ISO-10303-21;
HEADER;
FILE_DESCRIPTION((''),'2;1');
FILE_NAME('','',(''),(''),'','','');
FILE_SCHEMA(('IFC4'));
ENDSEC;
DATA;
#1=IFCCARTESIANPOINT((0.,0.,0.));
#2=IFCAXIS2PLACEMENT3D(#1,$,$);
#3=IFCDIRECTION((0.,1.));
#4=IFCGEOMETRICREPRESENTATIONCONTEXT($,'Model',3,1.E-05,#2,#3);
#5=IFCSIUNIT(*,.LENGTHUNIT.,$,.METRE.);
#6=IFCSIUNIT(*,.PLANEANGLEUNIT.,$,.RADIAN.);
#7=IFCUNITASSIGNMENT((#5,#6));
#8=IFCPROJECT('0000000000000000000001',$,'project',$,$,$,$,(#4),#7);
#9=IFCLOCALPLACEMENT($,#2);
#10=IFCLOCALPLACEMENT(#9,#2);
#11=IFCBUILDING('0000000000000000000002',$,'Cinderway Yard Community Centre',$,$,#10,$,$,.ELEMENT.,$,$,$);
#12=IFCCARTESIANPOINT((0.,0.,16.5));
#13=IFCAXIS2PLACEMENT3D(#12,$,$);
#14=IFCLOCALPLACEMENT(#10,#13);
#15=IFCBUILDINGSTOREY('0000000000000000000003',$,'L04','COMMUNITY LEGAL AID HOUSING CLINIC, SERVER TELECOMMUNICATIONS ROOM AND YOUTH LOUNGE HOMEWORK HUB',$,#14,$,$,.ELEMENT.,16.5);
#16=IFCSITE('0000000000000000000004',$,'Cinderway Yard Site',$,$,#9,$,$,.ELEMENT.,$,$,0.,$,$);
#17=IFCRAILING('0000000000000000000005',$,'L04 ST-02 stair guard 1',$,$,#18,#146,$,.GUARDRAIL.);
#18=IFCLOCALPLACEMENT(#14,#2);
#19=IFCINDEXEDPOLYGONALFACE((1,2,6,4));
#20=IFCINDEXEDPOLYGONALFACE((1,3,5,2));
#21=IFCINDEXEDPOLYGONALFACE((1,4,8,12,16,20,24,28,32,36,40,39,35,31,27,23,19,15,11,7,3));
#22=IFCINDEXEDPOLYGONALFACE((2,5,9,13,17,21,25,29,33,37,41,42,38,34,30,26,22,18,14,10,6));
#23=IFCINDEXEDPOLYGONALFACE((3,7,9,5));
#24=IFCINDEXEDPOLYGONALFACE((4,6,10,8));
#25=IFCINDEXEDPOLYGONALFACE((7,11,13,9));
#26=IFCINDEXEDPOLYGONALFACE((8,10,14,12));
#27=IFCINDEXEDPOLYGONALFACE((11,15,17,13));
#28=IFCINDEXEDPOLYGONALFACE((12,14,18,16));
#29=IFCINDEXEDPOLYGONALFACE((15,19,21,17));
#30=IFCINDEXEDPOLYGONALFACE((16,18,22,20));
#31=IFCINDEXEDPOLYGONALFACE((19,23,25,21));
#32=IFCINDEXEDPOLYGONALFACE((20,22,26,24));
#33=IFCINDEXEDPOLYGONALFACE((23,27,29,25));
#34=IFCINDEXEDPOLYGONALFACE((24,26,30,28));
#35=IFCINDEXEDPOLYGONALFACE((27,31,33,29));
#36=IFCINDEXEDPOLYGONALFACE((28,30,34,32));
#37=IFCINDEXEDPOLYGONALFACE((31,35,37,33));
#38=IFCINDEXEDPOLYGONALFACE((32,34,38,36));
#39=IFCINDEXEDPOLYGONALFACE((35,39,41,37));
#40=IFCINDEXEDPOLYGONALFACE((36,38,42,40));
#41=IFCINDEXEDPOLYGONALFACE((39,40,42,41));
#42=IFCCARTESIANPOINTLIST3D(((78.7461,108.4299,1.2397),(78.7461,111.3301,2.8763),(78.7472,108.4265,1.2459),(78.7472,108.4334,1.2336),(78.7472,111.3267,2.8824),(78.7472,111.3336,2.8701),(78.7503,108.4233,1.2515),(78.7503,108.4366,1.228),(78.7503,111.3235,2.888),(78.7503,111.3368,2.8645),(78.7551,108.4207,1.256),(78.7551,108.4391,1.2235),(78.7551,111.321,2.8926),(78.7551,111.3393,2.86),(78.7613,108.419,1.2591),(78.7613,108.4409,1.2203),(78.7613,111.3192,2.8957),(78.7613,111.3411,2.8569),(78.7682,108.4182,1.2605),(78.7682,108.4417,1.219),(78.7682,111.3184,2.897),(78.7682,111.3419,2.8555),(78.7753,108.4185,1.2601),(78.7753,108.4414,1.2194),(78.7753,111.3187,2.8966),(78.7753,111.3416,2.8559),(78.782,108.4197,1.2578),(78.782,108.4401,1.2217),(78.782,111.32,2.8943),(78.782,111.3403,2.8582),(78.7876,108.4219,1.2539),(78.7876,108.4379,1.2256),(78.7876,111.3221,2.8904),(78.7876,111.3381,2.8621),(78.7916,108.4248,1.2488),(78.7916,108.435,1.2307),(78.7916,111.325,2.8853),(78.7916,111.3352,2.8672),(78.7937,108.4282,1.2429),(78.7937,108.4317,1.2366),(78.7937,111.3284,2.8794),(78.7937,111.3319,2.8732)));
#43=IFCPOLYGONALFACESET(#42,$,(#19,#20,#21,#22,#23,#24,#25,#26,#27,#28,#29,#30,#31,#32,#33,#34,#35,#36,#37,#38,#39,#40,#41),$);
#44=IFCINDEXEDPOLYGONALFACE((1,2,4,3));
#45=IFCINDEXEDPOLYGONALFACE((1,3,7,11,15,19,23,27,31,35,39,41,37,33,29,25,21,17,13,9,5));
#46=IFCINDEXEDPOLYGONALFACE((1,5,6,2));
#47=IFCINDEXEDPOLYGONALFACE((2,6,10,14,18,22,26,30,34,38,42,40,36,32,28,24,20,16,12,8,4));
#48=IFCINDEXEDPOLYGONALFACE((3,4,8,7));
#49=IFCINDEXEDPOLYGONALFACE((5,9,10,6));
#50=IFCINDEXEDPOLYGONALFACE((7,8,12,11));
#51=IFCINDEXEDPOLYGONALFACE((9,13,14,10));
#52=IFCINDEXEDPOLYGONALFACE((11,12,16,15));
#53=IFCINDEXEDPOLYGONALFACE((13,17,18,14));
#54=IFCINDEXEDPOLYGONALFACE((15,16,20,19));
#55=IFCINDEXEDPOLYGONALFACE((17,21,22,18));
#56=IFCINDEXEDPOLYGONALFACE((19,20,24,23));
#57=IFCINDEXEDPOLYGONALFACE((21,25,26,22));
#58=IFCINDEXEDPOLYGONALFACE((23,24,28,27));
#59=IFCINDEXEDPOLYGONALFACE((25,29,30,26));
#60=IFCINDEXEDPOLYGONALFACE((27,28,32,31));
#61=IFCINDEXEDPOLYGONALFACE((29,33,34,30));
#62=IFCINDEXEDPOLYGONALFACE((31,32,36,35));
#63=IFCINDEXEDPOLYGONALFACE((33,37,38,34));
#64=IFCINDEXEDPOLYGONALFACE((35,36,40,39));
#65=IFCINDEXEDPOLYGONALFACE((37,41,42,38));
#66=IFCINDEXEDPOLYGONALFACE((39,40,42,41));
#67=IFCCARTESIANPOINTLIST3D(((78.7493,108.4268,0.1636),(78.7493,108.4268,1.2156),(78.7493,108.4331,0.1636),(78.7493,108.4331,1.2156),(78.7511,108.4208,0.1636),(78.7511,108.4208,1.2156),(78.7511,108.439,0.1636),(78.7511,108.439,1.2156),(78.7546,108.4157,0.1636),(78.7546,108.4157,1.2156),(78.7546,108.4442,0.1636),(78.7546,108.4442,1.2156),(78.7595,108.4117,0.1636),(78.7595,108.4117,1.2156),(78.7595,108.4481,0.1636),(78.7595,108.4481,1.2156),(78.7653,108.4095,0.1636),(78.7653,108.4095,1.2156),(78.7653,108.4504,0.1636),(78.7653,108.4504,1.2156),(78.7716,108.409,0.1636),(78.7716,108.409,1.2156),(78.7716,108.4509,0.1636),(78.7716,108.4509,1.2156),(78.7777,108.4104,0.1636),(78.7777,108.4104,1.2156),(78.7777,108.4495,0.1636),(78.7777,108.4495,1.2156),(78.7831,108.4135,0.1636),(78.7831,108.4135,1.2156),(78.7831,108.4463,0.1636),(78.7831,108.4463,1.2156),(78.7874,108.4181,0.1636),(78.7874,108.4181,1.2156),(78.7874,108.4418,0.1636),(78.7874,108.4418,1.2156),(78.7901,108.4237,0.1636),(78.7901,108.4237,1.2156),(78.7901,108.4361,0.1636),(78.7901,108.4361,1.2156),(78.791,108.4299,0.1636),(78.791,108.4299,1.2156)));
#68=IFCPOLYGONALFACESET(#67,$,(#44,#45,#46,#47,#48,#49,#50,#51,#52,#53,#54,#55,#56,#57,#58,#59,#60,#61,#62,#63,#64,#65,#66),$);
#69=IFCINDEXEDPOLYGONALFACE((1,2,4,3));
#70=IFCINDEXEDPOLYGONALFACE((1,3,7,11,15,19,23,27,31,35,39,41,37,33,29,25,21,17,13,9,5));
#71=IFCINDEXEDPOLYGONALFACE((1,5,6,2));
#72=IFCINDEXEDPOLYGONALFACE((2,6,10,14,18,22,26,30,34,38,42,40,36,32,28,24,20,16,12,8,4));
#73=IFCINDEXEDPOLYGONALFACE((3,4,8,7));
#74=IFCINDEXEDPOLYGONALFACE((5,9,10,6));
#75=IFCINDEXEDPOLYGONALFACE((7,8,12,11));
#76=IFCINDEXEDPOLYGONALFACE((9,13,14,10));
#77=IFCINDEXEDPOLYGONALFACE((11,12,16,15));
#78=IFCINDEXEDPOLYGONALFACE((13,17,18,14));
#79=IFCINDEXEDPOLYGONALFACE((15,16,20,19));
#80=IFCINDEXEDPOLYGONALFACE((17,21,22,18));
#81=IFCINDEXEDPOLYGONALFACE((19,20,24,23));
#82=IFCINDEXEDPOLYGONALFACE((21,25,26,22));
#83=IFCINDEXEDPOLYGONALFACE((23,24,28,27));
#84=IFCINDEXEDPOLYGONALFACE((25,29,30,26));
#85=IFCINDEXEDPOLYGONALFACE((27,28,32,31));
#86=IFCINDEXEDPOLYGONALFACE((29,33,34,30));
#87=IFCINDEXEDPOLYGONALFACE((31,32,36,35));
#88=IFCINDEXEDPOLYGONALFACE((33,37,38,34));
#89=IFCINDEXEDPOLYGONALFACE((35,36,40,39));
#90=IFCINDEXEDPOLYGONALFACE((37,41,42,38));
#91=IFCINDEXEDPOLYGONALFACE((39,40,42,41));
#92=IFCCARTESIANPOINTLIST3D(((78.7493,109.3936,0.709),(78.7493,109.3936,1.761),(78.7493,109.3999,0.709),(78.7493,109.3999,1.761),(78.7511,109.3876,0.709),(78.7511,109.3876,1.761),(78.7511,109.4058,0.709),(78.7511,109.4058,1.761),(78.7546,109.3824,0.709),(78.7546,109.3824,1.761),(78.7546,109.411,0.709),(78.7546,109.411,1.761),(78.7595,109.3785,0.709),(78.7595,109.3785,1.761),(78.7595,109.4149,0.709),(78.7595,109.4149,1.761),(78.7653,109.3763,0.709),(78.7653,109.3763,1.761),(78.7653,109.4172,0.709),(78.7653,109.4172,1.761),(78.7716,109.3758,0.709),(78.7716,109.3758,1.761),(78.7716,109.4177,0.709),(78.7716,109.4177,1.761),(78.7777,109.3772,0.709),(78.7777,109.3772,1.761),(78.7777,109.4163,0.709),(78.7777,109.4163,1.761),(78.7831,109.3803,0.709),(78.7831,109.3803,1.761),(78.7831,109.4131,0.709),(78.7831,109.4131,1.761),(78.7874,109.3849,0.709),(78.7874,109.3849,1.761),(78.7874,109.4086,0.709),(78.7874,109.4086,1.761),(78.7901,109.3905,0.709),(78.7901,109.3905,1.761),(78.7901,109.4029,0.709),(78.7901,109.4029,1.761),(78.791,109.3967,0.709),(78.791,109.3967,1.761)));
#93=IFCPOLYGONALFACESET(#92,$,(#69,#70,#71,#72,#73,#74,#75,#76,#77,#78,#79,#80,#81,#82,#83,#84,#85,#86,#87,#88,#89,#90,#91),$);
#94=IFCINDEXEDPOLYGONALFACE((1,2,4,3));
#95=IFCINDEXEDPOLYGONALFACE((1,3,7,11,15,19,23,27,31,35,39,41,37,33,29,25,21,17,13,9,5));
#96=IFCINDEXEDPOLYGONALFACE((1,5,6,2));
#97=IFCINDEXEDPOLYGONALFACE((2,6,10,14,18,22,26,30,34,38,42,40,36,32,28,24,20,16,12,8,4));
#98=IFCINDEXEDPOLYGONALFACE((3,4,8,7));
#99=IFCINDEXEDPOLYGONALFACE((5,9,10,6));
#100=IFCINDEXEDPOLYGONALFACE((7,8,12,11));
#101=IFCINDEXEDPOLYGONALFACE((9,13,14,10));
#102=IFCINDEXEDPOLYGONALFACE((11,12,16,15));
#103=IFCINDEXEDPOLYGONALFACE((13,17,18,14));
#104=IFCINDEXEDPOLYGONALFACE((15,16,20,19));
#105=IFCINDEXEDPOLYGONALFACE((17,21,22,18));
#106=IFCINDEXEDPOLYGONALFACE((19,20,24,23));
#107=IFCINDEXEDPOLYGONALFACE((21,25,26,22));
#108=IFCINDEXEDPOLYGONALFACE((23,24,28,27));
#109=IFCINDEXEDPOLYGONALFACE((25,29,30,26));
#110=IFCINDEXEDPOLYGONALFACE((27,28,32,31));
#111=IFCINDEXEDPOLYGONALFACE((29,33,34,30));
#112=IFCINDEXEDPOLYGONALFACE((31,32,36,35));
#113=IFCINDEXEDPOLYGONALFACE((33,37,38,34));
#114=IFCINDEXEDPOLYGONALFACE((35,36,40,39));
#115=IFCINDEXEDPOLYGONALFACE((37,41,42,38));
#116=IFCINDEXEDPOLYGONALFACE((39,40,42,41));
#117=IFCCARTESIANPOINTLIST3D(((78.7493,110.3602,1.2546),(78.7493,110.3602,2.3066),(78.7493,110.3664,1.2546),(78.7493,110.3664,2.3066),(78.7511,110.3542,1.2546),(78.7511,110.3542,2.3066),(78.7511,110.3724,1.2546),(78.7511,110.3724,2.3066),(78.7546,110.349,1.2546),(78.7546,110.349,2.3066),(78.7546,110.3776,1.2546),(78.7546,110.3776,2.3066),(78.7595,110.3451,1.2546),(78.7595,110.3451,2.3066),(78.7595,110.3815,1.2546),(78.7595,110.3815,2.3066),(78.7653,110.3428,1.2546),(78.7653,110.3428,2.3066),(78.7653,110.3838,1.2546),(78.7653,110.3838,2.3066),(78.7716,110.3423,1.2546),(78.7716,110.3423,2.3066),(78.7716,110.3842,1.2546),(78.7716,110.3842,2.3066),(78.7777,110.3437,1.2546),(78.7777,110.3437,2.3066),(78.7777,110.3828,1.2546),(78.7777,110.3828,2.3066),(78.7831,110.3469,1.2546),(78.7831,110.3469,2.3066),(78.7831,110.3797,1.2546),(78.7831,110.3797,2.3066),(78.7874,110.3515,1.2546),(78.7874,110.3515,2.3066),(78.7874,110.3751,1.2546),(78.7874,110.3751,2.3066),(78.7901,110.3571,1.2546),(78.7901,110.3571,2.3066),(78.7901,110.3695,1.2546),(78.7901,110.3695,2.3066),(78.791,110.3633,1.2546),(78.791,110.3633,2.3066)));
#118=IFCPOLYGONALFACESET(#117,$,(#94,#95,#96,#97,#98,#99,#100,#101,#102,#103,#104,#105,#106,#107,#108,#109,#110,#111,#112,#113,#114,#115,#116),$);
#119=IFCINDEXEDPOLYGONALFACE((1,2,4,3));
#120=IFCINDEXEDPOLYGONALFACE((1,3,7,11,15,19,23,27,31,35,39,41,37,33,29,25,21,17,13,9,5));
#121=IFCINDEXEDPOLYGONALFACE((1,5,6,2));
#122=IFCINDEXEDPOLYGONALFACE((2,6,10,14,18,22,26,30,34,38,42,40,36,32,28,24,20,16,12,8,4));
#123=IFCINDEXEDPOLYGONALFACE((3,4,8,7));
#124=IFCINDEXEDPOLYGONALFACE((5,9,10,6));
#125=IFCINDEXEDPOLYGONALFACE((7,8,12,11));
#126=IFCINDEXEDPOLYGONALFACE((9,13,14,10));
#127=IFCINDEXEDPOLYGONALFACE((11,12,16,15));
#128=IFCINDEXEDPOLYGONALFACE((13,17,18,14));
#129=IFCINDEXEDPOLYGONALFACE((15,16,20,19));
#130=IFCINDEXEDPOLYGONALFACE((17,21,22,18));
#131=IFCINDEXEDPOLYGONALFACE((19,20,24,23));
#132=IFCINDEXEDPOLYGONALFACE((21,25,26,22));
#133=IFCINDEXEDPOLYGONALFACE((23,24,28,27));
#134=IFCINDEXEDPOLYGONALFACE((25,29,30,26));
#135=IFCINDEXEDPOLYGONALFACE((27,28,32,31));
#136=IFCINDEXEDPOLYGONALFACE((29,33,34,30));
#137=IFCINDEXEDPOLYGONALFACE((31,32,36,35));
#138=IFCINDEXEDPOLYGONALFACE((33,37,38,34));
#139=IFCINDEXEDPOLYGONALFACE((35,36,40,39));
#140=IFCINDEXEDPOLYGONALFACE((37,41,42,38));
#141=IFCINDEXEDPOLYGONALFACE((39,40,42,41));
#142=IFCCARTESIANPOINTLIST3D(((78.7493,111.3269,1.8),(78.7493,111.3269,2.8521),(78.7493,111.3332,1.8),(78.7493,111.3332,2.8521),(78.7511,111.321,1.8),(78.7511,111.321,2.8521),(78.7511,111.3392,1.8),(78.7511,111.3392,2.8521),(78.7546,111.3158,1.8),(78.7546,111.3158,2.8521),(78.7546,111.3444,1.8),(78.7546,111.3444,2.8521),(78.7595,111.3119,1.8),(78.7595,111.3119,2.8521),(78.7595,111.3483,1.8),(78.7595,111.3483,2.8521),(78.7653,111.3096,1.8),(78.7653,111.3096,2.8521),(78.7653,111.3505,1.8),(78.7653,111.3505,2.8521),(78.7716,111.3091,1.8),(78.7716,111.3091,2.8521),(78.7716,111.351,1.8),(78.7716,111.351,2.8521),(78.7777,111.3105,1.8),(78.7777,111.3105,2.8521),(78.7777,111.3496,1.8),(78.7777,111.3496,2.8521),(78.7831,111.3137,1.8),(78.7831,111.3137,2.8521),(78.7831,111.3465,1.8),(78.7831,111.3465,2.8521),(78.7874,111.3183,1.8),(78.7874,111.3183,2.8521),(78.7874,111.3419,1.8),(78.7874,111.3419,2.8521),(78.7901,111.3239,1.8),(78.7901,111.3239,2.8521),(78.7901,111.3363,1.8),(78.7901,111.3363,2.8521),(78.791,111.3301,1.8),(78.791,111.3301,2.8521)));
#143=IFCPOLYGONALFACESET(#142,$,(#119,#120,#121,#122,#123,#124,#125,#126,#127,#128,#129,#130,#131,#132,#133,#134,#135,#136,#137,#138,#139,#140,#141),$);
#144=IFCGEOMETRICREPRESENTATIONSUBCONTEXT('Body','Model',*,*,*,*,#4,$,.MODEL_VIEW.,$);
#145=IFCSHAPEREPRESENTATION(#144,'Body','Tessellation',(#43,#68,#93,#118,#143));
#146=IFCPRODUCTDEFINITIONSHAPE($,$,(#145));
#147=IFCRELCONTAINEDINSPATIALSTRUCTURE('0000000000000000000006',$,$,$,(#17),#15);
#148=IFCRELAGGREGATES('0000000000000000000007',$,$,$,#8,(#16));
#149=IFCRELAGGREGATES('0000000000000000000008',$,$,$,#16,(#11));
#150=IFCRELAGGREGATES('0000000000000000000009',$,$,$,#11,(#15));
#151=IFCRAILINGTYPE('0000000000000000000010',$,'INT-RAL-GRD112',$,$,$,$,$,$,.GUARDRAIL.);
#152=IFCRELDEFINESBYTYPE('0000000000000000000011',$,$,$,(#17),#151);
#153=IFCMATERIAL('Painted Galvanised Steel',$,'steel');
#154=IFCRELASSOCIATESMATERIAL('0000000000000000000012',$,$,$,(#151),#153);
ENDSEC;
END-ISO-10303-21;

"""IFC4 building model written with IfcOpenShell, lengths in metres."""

from ifc_helpers import new_model, si_unit, direction, frame, origin, origin_2d, place, context, subcontext, project, spatial, circle, extrude, material, type_object, element, save


model = new_model("IFC4")

# Units and contexts
model_context = context("Model", 3, precision=1e-05, world=origin(), true_north=direction((0.0, 1.0)))
body_context = subcontext(model_context, "Body", "Model", "MODEL_VIEW")
ifc_project = project(units=[si_unit("LENGTHUNIT", "METRE"), si_unit("PLANEANGLEUNIT", "RADIAN")], contexts=[model_context])

# Site, building, storey
site_placement = place(None, origin())
site = spatial("IfcSite", under=ifc_project, at=site_placement, Name="Cinderway Yard Site", CompositionType="ELEMENT", RefElevation=0.0)
building_placement = place(site_placement, origin())
building = spatial("IfcBuilding", under=site, at=building_placement, Name="Cinderway Yard Community Centre", CompositionType="ELEMENT")
storey_placement = place(building_placement, frame((0.0, 0.0, 16.5)))
storey = spatial("IfcBuildingStorey", under=building, at=storey_placement, Name="L04", Description="COMMUNITY LEGAL AID HOUSING CLINIC, SERVER TELECOMMUNICATIONS ROOM AND YOUTH LOUNGE HOMEWORK HUB", CompositionType="ELEMENT", Elevation=16.5)

# Shared definitions
ifc_material_1 = material(Name="Painted Galvanised Steel", Category="steel")

# Railing
railing_type_1 = type_object("IfcRailingType", Name="INT-RAL-GRD112", PredefinedType="GUARDRAIL", material=ifc_material_1)
railing_1_placement = place(storey_placement, frame((78.77, 108.4299, 0.1636)))
element("IfcRailing", 1, at=railing_1_placement, inside=storey, type_object=railing_type_1, Name="L04 ST-02 stair guard 1", PredefinedType="GUARDRAIL", context=body_context, shape_type="SweptSolid", body=[
    extrude(circle(Radius=0.0239, at=origin_2d()), frame((0.0, 0.0, 1.0762), z_axis=(0.0, 0.870915, 0.491434), x_axis=(-1.0, 0.0, 0.0)), (0.0, 0.0, 1.0), 3.3301),
    extrude(circle(Radius=0.021, at=origin_2d()), origin(), (0.0, 0.0, 1.0), 1.052),
    extrude(circle(Radius=0.021, at=origin_2d()), frame((0.0, 0.9668, 0.5454)), (0.0, 0.0, 1.0), 1.052),
    extrude(circle(Radius=0.021, at=origin_2d()), frame((0.0, 1.9333, 1.0911)), (0.0, 0.0, 1.0), 1.052),
    extrude(circle(Radius=0.021, at=origin_2d()), frame((0.0, 2.9001, 1.6365)), (0.0, 0.0, 1.0), 1.052),
])

save(model, "model.ifc")
